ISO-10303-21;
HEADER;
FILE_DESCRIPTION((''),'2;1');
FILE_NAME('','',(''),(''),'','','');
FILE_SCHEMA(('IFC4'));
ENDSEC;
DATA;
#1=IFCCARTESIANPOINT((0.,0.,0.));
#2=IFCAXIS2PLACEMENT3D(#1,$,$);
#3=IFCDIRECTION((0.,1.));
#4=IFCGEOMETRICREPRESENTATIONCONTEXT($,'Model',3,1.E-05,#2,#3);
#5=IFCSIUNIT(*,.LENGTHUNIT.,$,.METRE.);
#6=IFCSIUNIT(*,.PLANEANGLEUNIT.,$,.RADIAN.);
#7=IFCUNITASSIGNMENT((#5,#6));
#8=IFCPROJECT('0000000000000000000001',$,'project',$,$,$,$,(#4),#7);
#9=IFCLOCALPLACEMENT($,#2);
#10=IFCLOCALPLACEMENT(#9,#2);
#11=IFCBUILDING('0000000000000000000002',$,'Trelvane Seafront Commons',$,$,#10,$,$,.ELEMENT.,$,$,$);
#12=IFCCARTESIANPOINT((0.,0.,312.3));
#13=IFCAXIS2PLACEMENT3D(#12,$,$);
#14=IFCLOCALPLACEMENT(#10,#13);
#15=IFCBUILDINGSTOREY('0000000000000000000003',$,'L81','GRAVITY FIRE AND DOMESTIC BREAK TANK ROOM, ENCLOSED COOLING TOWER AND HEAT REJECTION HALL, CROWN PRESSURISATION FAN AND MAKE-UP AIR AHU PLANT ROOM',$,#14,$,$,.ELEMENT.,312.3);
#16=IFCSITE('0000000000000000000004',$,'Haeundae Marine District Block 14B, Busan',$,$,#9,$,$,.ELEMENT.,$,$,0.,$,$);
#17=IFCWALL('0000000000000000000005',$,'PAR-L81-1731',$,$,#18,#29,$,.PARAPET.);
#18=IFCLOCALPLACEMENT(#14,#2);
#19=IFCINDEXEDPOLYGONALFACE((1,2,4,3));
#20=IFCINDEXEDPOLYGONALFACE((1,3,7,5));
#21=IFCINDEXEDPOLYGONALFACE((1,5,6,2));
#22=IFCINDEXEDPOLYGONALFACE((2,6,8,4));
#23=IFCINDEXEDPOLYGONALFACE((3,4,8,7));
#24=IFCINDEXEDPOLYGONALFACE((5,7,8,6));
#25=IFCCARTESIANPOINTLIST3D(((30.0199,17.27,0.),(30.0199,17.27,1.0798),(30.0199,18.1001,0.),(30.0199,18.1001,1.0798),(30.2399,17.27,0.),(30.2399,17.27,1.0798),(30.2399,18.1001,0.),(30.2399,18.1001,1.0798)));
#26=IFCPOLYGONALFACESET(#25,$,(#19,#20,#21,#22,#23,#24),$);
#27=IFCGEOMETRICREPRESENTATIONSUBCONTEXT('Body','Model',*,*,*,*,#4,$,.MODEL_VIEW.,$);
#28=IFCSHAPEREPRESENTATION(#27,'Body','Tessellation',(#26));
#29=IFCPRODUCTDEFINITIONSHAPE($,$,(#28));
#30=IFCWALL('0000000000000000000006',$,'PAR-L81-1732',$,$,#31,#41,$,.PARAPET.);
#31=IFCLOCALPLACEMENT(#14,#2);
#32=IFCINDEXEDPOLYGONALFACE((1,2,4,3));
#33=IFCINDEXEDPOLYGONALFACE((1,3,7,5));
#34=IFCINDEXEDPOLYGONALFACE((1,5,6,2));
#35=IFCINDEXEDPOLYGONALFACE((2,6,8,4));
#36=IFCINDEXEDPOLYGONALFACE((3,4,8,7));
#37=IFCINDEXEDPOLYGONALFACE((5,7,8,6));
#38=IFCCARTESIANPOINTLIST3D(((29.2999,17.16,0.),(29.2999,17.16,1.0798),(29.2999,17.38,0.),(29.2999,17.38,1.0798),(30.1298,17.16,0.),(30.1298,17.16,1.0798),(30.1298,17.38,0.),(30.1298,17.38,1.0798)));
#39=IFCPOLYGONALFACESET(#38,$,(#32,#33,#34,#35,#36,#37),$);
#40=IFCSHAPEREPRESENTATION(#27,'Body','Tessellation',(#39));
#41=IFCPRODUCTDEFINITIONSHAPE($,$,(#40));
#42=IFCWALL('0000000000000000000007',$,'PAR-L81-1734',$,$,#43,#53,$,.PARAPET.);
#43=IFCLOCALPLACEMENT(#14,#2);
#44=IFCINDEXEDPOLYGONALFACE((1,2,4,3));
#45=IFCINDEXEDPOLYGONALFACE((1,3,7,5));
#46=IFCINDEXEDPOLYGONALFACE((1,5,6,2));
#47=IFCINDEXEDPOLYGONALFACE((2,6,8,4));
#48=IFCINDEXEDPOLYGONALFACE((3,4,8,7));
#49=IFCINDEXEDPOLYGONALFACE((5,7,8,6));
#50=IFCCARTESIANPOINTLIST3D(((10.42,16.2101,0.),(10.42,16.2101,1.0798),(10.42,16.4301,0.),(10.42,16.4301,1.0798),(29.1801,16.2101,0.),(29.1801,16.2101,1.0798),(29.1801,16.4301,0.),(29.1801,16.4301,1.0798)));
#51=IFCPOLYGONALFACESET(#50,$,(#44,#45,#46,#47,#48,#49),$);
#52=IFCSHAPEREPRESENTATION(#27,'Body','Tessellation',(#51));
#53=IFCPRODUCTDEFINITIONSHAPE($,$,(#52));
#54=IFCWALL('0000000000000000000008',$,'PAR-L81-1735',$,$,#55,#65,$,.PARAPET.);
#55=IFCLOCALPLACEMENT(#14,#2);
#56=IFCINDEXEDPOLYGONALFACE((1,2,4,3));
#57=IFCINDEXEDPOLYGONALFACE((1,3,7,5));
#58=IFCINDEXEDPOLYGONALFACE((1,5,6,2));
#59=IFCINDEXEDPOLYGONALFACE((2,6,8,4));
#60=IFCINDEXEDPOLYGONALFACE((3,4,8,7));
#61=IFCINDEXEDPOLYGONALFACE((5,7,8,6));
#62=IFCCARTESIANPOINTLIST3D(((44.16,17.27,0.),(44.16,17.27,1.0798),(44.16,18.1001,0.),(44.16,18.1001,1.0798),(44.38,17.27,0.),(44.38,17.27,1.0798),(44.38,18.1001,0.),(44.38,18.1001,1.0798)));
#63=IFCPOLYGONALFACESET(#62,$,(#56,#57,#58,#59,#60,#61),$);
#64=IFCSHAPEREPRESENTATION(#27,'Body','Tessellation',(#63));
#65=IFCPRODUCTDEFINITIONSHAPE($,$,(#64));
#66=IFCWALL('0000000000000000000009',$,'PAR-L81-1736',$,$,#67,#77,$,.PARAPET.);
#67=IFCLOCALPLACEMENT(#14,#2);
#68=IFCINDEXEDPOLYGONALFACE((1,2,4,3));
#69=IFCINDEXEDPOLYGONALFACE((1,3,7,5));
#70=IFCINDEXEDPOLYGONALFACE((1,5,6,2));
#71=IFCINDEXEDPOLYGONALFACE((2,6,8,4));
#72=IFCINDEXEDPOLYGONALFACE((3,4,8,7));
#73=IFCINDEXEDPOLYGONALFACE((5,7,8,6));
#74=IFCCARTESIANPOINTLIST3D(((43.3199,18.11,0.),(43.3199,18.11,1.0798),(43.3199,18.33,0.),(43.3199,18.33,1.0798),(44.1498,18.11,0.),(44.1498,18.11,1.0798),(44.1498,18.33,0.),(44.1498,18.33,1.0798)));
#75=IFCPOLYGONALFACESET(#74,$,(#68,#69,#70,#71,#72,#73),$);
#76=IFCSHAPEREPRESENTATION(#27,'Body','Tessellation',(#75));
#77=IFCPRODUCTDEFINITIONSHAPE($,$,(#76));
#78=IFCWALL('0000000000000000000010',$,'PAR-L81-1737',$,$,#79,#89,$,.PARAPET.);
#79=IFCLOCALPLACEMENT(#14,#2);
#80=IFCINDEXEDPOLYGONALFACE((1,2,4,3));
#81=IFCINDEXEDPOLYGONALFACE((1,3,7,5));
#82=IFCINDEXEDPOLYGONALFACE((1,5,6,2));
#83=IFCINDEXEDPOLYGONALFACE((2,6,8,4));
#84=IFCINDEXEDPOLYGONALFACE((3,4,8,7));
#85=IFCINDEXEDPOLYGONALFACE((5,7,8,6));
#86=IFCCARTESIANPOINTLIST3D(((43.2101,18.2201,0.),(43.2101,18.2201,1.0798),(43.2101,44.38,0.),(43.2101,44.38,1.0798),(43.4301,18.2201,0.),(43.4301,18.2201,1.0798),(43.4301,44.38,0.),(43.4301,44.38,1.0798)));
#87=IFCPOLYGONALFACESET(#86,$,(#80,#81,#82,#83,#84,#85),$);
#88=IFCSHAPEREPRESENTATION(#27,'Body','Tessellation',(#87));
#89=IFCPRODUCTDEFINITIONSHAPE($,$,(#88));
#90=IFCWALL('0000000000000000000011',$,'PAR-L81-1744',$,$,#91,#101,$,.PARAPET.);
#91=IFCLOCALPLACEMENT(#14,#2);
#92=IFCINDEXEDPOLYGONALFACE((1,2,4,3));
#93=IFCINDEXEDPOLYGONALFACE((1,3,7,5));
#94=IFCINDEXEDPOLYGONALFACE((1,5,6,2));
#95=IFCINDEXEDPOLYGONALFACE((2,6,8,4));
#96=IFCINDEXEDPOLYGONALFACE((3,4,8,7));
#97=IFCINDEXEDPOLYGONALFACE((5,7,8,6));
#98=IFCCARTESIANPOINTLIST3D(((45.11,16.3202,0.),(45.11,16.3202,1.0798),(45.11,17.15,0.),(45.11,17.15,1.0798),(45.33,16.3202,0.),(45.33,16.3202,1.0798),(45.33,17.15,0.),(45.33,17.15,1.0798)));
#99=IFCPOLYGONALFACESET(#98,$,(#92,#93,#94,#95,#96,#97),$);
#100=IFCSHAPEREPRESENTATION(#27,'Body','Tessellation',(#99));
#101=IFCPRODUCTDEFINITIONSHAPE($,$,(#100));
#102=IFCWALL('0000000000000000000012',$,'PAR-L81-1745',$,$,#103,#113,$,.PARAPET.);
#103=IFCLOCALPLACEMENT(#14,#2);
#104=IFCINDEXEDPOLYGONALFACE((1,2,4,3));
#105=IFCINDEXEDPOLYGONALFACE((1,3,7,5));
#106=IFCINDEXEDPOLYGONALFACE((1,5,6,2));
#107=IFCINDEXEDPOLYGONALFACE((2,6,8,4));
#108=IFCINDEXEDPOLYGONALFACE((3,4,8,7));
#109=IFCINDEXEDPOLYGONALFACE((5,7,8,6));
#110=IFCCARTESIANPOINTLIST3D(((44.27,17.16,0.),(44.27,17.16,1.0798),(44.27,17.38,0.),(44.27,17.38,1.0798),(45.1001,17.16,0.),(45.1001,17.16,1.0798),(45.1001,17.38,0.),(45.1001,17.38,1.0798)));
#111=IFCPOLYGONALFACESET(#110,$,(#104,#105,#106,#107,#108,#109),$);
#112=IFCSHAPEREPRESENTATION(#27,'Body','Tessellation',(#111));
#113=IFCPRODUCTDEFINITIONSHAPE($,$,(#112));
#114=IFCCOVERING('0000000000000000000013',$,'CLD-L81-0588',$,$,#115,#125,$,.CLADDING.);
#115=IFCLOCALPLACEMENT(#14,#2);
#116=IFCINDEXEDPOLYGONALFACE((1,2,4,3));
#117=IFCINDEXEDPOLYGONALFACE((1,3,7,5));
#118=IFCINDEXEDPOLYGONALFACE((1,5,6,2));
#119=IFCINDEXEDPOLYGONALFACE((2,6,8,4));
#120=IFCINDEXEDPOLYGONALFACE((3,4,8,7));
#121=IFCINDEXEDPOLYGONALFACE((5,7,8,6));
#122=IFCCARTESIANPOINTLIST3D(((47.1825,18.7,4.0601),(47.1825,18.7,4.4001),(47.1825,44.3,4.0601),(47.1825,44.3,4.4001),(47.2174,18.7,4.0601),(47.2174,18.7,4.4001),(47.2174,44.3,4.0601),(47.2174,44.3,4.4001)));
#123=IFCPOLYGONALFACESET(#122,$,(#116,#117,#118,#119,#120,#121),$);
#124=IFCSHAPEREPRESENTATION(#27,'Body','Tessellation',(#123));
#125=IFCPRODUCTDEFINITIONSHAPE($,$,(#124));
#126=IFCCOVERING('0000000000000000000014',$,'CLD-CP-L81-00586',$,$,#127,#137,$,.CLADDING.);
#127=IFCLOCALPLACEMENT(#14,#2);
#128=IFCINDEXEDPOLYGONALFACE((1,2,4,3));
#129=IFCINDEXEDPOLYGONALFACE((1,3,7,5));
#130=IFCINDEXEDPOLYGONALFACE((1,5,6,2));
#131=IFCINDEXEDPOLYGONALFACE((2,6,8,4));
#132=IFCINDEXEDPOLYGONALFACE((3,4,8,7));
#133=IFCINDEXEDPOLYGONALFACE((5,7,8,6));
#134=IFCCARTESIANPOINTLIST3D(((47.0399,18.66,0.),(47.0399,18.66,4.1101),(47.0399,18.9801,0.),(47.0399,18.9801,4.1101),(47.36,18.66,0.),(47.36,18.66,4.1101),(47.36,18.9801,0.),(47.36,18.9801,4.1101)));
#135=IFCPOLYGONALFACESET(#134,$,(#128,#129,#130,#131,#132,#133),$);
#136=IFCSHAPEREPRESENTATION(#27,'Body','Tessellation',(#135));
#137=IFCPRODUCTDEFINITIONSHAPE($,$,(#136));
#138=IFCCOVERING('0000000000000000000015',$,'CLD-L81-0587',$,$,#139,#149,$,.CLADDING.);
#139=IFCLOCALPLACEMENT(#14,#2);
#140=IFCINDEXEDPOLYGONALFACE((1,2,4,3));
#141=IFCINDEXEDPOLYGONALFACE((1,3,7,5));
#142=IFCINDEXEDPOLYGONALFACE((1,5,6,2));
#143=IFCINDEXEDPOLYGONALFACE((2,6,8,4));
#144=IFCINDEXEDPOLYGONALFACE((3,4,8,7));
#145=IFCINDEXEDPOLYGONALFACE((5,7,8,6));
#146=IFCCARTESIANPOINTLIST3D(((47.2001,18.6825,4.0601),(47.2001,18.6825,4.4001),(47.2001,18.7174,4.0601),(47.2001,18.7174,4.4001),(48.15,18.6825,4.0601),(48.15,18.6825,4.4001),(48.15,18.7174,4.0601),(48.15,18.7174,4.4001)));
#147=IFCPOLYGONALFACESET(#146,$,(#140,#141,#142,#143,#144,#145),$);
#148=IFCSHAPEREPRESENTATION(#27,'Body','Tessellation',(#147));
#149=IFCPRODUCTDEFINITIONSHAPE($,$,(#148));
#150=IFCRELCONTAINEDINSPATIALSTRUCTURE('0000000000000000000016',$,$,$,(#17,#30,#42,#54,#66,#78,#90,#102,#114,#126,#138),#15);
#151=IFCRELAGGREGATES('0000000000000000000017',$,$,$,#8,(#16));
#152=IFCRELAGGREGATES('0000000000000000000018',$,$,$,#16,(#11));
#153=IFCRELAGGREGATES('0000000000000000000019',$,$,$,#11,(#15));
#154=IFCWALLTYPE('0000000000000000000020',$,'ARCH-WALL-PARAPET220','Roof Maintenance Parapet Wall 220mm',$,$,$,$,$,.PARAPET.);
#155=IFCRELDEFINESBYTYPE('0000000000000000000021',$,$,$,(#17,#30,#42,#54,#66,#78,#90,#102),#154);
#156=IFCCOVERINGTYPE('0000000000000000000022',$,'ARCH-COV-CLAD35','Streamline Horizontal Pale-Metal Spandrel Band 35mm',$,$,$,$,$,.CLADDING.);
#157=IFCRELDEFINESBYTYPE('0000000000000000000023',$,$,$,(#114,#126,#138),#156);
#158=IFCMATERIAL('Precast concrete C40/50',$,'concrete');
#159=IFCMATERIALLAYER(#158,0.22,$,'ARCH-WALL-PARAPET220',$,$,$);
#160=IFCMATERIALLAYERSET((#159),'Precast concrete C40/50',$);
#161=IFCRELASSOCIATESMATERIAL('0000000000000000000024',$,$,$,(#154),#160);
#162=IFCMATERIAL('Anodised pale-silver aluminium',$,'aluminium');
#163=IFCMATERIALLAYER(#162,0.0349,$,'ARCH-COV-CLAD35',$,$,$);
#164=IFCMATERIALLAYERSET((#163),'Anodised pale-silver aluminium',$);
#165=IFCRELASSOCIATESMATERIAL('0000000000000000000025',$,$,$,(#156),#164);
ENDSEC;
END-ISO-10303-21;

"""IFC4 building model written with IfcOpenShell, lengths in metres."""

from ifc_helpers import new_model, si_unit, direction, frame, frame_2d, origin, origin_2d, place, context, subcontext, project, spatial, rectangle, extrude, source, transform, mapped, material, layer, layer_set, type_object, element, save


model = new_model("IFC4")

# Units and contexts
model_context = context("Model", 3, precision=1e-05, world=origin(), true_north=direction((0.0, 1.0)))
body_context = subcontext(model_context, "Body", "Model", "MODEL_VIEW")
ifc_project = project(units=[si_unit("LENGTHUNIT", "METRE"), si_unit("PLANEANGLEUNIT", "RADIAN")], contexts=[model_context])

# Site, building, storey
site_placement = place(None, origin())
site = spatial("IfcSite", under=ifc_project, at=site_placement, Name="Haeundae Marine District Block 14B, Busan", CompositionType="ELEMENT", RefElevation=0.0)
building_placement = place(site_placement, origin())
building = spatial("IfcBuilding", under=site, at=building_placement, Name="Trelvane Seafront Commons", CompositionType="ELEMENT")
storey_placement = place(building_placement, frame((0.0, 0.0, 312.3)))
storey = spatial("IfcBuildingStorey", under=building, at=storey_placement, Name="L81", Description="GRAVITY FIRE AND DOMESTIC BREAK TANK ROOM, ENCLOSED COOLING TOWER AND HEAT REJECTION HALL, CROWN PRESSURISATION FAN AND MAKE-UP AIR AHU PLANT ROOM", CompositionType="ELEMENT", Elevation=312.3)

# Shared definitions
ifc_material_1 = material(Name="Anodised pale-silver aluminium", Category="aluminium")

# Walls
ifc_material_2 = material(Name="Precast concrete C40/50", Category="concrete")
ifc_layer_1 = layer(ifc_material_2, 0.22, Name="ARCH-WALL-PARAPET220")
ifc_layer_set_1 = layer_set([ifc_layer_1], Name="Precast concrete C40/50")
wall_type = type_object("IfcWallType", Name="ARCH-WALL-PARAPET220", Description="Roof Maintenance Parapet Wall 220mm", PredefinedType="PARAPET", material=ifc_layer_set_1)
for number, where, z_axis, x_axis, name in (
    (1, (30.1299, 18.1001, 0.0), (0.0, 0.0, 1.0), (0.0, -1.0, 0.0), "PAR-L81-1731"),
):
    element("IfcWall", number, at=place(storey_placement, frame(where, z_axis=z_axis, x_axis=x_axis)), inside=storey, type_object=wall_type, Name=name, PredefinedType="PARAPET", context=body_context, shape_type="SweptSolid", body=[
        extrude(rectangle(XDim=0.8301, YDim=0.22, at=frame_2d((0.415, 0.0))), origin(), (0.0, 0.0, 1.0), 1.0798),
    ])
wall_1_placement = place(storey_placement, frame((30.1299, 17.27, 0.0), z_axis=(0.0, 0.0, 1.0), x_axis=(-1.0, 0.0, 0.0)))
element("IfcWall", 2, at=wall_1_placement, inside=storey, type_object=wall_type, Name="PAR-L81-1732", PredefinedType="PARAPET", context=body_context, shape_type="SweptSolid", body=[
    extrude(rectangle(XDim=0.8298, YDim=0.22, at=frame_2d((0.415, 0.0))), origin(), (0.0, 0.0, 1.0), 1.0798),
])
wall_2_placement = place(storey_placement, frame((29.1799, 16.3201, 0.0), z_axis=(0.0, 0.0, 1.0), x_axis=(-1.0, 0.0, 0.0)))
element("IfcWall", 3, at=wall_2_placement, inside=storey, type_object=wall_type, Name="PAR-L81-1734", PredefinedType="PARAPET", context=body_context, shape_type="SweptSolid", body=[
    extrude(rectangle(XDim=18.76, YDim=0.22, at=frame_2d((9.3799, 0.0))), origin(), (0.0, 0.0, 1.0), 1.0798),
])
wall_3_placement = place(storey_placement, frame((44.27, 17.27, 0.0), z_axis=(0.0, 0.0, 1.0), x_axis=(0.0, 1.0, 0.0)))
element("IfcWall", 4, at=wall_3_placement, inside=storey, type_object=wall_type, Name="PAR-L81-1735", PredefinedType="PARAPET", context=body_context, shape_type="SweptSolid", body=[
    extrude(rectangle(XDim=0.8301, YDim=0.22, at=frame_2d((0.415, 0.0))), origin(), (0.0, 0.0, 1.0), 1.0798),
])
wall_4_placement = place(storey_placement, frame((44.1499, 18.22, 0.0), z_axis=(0.0, 0.0, 1.0), x_axis=(-1.0, 0.0, 0.0)))
element("IfcWall", 5, at=wall_4_placement, inside=storey, type_object=wall_type, Name="PAR-L81-1736", PredefinedType="PARAPET", context=body_context, shape_type="SweptSolid", body=[
    extrude(rectangle(XDim=0.8298, YDim=0.22, at=frame_2d((0.415, 0.0))), origin(), (0.0, 0.0, 1.0), 1.0798),
])
wall_5_placement = place(storey_placement, frame((43.3201, 18.22, 0.0), z_axis=(0.0, 0.0, 1.0), x_axis=(0.0, 1.0, 0.0)))
element("IfcWall", 6, at=wall_5_placement, inside=storey, type_object=wall_type, Name="PAR-L81-1737", PredefinedType="PARAPET", context=body_context, shape_type="SweptSolid", body=[
    extrude(rectangle(XDim=26.1599, YDim=0.22, at=frame_2d((13.0801, 0.0))), origin(), (0.0, 0.0, 1.0), 1.0798),
])
wall_6_placement = place(storey_placement, frame((45.22, 16.3201, 0.0), z_axis=(0.0, 0.0, 1.0), x_axis=(0.0, 1.0, 0.0)))
element("IfcWall", 7, at=wall_6_placement, inside=storey, type_object=wall_type, Name="PAR-L81-1744", PredefinedType="PARAPET", context=body_context, shape_type="SweptSolid", body=[
    extrude(rectangle(XDim=0.8298, YDim=0.22, at=frame_2d((0.415, 0.0))), origin(), (0.0, 0.0, 1.0), 1.0798),
])
wall_7_placement = place(storey_placement, frame((45.1001, 17.27, 0.0), z_axis=(0.0, 0.0, 1.0), x_axis=(-1.0, 0.0, 0.0)))
element("IfcWall", 8, at=wall_7_placement, inside=storey, type_object=wall_type, Name="PAR-L81-1745", PredefinedType="PARAPET", context=body_context, shape_type="SweptSolid", body=[
    extrude(rectangle(XDim=0.8301, YDim=0.22, at=frame_2d((0.415, 0.0))), origin(), (0.0, 0.0, 1.0), 1.0798),
])

# Coverings
ifc_layer_2 = layer(ifc_material_1, 0.0349, Name="ARCH-COV-CLAD35")
ifc_layer_set_2 = layer_set([ifc_layer_2], Name="Anodised pale-silver aluminium")
covering_type = type_object("IfcCoveringType", Name="ARCH-COV-CLAD35", Description="Streamline Horizontal Pale-Metal Spandrel Band 35mm", PredefinedType="CLADDING", material=ifc_layer_set_2)
shared_shape_1 = source(origin(), body_context, "Body", "SweptSolid", [
    extrude(rectangle(XDim=25.6001, YDim=0.0349, at=origin_2d()), origin(), (0.0, 0.0, 1.0), 0.3401),
])
covering_1_placement = place(storey_placement, frame((47.2, 31.5, 4.0601), z_axis=(0.0, 0.0, 1.0), x_axis=(0.0, 1.0, 0.0)))
element("IfcCovering", 9, at=covering_1_placement, inside=storey, type_object=covering_type, Name="CLD-L81-0588", PredefinedType="CLADDING", context=body_context, shape_type="MappedRepresentation", body=[
    mapped(shared_shape_1, transform((0.0, 0.0, 0.0), x_axis=(1.0, 0.0, 0.0), y_axis=(0.0, 1.0, 0.0), z_axis=(0.0, 0.0, 1.0), scale=1.0)),
])
shared_shape_2 = source(origin(), body_context, "Body", "SweptSolid", [
    extrude(rectangle(XDim=0.3201, YDim=0.3201, at=origin_2d()), origin(), (0.0, 0.0, 1.0), 4.1101),
])
covering_2_placement = place(storey_placement, frame((47.2, 18.8201, 0.0), z_axis=(0.0, 0.0, 1.0), x_axis=(1.0, 0.0, 0.0)))
element("IfcCovering", 10, at=covering_2_placement, inside=storey, type_object=covering_type, Name="CLD-CP-L81-00586", PredefinedType="CLADDING", context=body_context, shape_type="MappedRepresentation", body=[
    mapped(shared_shape_2, transform((0.0, 0.0, 0.0), x_axis=(1.0, 0.0, 0.0), y_axis=(0.0, 1.0, 0.0), z_axis=(0.0, 0.0, 1.0), scale=1.0)),
])
shared_shape_3 = source(origin(), body_context, "Body", "SweptSolid", [
    extrude(rectangle(XDim=0.95, YDim=0.0349, at=origin_2d()), origin(), (0.0, 0.0, 1.0), 0.3401),
])
covering_3_placement = place(storey_placement, frame((47.675, 18.7, 4.0601), z_axis=(0.0, 0.0, 1.0), x_axis=(-1.0, 0.0, 0.0)))
element("IfcCovering", 11, at=covering_3_placement, inside=storey, type_object=covering_type, Name="CLD-L81-0587", PredefinedType="CLADDING", context=body_context, shape_type="MappedRepresentation", body=[
    mapped(shared_shape_3, transform((0.0, 0.0, 0.0), x_axis=(1.0, 0.0, 0.0), y_axis=(0.0, 1.0, 0.0), z_axis=(0.0, 0.0, 1.0), scale=1.0)),
])

save(model, "model.ifc")
